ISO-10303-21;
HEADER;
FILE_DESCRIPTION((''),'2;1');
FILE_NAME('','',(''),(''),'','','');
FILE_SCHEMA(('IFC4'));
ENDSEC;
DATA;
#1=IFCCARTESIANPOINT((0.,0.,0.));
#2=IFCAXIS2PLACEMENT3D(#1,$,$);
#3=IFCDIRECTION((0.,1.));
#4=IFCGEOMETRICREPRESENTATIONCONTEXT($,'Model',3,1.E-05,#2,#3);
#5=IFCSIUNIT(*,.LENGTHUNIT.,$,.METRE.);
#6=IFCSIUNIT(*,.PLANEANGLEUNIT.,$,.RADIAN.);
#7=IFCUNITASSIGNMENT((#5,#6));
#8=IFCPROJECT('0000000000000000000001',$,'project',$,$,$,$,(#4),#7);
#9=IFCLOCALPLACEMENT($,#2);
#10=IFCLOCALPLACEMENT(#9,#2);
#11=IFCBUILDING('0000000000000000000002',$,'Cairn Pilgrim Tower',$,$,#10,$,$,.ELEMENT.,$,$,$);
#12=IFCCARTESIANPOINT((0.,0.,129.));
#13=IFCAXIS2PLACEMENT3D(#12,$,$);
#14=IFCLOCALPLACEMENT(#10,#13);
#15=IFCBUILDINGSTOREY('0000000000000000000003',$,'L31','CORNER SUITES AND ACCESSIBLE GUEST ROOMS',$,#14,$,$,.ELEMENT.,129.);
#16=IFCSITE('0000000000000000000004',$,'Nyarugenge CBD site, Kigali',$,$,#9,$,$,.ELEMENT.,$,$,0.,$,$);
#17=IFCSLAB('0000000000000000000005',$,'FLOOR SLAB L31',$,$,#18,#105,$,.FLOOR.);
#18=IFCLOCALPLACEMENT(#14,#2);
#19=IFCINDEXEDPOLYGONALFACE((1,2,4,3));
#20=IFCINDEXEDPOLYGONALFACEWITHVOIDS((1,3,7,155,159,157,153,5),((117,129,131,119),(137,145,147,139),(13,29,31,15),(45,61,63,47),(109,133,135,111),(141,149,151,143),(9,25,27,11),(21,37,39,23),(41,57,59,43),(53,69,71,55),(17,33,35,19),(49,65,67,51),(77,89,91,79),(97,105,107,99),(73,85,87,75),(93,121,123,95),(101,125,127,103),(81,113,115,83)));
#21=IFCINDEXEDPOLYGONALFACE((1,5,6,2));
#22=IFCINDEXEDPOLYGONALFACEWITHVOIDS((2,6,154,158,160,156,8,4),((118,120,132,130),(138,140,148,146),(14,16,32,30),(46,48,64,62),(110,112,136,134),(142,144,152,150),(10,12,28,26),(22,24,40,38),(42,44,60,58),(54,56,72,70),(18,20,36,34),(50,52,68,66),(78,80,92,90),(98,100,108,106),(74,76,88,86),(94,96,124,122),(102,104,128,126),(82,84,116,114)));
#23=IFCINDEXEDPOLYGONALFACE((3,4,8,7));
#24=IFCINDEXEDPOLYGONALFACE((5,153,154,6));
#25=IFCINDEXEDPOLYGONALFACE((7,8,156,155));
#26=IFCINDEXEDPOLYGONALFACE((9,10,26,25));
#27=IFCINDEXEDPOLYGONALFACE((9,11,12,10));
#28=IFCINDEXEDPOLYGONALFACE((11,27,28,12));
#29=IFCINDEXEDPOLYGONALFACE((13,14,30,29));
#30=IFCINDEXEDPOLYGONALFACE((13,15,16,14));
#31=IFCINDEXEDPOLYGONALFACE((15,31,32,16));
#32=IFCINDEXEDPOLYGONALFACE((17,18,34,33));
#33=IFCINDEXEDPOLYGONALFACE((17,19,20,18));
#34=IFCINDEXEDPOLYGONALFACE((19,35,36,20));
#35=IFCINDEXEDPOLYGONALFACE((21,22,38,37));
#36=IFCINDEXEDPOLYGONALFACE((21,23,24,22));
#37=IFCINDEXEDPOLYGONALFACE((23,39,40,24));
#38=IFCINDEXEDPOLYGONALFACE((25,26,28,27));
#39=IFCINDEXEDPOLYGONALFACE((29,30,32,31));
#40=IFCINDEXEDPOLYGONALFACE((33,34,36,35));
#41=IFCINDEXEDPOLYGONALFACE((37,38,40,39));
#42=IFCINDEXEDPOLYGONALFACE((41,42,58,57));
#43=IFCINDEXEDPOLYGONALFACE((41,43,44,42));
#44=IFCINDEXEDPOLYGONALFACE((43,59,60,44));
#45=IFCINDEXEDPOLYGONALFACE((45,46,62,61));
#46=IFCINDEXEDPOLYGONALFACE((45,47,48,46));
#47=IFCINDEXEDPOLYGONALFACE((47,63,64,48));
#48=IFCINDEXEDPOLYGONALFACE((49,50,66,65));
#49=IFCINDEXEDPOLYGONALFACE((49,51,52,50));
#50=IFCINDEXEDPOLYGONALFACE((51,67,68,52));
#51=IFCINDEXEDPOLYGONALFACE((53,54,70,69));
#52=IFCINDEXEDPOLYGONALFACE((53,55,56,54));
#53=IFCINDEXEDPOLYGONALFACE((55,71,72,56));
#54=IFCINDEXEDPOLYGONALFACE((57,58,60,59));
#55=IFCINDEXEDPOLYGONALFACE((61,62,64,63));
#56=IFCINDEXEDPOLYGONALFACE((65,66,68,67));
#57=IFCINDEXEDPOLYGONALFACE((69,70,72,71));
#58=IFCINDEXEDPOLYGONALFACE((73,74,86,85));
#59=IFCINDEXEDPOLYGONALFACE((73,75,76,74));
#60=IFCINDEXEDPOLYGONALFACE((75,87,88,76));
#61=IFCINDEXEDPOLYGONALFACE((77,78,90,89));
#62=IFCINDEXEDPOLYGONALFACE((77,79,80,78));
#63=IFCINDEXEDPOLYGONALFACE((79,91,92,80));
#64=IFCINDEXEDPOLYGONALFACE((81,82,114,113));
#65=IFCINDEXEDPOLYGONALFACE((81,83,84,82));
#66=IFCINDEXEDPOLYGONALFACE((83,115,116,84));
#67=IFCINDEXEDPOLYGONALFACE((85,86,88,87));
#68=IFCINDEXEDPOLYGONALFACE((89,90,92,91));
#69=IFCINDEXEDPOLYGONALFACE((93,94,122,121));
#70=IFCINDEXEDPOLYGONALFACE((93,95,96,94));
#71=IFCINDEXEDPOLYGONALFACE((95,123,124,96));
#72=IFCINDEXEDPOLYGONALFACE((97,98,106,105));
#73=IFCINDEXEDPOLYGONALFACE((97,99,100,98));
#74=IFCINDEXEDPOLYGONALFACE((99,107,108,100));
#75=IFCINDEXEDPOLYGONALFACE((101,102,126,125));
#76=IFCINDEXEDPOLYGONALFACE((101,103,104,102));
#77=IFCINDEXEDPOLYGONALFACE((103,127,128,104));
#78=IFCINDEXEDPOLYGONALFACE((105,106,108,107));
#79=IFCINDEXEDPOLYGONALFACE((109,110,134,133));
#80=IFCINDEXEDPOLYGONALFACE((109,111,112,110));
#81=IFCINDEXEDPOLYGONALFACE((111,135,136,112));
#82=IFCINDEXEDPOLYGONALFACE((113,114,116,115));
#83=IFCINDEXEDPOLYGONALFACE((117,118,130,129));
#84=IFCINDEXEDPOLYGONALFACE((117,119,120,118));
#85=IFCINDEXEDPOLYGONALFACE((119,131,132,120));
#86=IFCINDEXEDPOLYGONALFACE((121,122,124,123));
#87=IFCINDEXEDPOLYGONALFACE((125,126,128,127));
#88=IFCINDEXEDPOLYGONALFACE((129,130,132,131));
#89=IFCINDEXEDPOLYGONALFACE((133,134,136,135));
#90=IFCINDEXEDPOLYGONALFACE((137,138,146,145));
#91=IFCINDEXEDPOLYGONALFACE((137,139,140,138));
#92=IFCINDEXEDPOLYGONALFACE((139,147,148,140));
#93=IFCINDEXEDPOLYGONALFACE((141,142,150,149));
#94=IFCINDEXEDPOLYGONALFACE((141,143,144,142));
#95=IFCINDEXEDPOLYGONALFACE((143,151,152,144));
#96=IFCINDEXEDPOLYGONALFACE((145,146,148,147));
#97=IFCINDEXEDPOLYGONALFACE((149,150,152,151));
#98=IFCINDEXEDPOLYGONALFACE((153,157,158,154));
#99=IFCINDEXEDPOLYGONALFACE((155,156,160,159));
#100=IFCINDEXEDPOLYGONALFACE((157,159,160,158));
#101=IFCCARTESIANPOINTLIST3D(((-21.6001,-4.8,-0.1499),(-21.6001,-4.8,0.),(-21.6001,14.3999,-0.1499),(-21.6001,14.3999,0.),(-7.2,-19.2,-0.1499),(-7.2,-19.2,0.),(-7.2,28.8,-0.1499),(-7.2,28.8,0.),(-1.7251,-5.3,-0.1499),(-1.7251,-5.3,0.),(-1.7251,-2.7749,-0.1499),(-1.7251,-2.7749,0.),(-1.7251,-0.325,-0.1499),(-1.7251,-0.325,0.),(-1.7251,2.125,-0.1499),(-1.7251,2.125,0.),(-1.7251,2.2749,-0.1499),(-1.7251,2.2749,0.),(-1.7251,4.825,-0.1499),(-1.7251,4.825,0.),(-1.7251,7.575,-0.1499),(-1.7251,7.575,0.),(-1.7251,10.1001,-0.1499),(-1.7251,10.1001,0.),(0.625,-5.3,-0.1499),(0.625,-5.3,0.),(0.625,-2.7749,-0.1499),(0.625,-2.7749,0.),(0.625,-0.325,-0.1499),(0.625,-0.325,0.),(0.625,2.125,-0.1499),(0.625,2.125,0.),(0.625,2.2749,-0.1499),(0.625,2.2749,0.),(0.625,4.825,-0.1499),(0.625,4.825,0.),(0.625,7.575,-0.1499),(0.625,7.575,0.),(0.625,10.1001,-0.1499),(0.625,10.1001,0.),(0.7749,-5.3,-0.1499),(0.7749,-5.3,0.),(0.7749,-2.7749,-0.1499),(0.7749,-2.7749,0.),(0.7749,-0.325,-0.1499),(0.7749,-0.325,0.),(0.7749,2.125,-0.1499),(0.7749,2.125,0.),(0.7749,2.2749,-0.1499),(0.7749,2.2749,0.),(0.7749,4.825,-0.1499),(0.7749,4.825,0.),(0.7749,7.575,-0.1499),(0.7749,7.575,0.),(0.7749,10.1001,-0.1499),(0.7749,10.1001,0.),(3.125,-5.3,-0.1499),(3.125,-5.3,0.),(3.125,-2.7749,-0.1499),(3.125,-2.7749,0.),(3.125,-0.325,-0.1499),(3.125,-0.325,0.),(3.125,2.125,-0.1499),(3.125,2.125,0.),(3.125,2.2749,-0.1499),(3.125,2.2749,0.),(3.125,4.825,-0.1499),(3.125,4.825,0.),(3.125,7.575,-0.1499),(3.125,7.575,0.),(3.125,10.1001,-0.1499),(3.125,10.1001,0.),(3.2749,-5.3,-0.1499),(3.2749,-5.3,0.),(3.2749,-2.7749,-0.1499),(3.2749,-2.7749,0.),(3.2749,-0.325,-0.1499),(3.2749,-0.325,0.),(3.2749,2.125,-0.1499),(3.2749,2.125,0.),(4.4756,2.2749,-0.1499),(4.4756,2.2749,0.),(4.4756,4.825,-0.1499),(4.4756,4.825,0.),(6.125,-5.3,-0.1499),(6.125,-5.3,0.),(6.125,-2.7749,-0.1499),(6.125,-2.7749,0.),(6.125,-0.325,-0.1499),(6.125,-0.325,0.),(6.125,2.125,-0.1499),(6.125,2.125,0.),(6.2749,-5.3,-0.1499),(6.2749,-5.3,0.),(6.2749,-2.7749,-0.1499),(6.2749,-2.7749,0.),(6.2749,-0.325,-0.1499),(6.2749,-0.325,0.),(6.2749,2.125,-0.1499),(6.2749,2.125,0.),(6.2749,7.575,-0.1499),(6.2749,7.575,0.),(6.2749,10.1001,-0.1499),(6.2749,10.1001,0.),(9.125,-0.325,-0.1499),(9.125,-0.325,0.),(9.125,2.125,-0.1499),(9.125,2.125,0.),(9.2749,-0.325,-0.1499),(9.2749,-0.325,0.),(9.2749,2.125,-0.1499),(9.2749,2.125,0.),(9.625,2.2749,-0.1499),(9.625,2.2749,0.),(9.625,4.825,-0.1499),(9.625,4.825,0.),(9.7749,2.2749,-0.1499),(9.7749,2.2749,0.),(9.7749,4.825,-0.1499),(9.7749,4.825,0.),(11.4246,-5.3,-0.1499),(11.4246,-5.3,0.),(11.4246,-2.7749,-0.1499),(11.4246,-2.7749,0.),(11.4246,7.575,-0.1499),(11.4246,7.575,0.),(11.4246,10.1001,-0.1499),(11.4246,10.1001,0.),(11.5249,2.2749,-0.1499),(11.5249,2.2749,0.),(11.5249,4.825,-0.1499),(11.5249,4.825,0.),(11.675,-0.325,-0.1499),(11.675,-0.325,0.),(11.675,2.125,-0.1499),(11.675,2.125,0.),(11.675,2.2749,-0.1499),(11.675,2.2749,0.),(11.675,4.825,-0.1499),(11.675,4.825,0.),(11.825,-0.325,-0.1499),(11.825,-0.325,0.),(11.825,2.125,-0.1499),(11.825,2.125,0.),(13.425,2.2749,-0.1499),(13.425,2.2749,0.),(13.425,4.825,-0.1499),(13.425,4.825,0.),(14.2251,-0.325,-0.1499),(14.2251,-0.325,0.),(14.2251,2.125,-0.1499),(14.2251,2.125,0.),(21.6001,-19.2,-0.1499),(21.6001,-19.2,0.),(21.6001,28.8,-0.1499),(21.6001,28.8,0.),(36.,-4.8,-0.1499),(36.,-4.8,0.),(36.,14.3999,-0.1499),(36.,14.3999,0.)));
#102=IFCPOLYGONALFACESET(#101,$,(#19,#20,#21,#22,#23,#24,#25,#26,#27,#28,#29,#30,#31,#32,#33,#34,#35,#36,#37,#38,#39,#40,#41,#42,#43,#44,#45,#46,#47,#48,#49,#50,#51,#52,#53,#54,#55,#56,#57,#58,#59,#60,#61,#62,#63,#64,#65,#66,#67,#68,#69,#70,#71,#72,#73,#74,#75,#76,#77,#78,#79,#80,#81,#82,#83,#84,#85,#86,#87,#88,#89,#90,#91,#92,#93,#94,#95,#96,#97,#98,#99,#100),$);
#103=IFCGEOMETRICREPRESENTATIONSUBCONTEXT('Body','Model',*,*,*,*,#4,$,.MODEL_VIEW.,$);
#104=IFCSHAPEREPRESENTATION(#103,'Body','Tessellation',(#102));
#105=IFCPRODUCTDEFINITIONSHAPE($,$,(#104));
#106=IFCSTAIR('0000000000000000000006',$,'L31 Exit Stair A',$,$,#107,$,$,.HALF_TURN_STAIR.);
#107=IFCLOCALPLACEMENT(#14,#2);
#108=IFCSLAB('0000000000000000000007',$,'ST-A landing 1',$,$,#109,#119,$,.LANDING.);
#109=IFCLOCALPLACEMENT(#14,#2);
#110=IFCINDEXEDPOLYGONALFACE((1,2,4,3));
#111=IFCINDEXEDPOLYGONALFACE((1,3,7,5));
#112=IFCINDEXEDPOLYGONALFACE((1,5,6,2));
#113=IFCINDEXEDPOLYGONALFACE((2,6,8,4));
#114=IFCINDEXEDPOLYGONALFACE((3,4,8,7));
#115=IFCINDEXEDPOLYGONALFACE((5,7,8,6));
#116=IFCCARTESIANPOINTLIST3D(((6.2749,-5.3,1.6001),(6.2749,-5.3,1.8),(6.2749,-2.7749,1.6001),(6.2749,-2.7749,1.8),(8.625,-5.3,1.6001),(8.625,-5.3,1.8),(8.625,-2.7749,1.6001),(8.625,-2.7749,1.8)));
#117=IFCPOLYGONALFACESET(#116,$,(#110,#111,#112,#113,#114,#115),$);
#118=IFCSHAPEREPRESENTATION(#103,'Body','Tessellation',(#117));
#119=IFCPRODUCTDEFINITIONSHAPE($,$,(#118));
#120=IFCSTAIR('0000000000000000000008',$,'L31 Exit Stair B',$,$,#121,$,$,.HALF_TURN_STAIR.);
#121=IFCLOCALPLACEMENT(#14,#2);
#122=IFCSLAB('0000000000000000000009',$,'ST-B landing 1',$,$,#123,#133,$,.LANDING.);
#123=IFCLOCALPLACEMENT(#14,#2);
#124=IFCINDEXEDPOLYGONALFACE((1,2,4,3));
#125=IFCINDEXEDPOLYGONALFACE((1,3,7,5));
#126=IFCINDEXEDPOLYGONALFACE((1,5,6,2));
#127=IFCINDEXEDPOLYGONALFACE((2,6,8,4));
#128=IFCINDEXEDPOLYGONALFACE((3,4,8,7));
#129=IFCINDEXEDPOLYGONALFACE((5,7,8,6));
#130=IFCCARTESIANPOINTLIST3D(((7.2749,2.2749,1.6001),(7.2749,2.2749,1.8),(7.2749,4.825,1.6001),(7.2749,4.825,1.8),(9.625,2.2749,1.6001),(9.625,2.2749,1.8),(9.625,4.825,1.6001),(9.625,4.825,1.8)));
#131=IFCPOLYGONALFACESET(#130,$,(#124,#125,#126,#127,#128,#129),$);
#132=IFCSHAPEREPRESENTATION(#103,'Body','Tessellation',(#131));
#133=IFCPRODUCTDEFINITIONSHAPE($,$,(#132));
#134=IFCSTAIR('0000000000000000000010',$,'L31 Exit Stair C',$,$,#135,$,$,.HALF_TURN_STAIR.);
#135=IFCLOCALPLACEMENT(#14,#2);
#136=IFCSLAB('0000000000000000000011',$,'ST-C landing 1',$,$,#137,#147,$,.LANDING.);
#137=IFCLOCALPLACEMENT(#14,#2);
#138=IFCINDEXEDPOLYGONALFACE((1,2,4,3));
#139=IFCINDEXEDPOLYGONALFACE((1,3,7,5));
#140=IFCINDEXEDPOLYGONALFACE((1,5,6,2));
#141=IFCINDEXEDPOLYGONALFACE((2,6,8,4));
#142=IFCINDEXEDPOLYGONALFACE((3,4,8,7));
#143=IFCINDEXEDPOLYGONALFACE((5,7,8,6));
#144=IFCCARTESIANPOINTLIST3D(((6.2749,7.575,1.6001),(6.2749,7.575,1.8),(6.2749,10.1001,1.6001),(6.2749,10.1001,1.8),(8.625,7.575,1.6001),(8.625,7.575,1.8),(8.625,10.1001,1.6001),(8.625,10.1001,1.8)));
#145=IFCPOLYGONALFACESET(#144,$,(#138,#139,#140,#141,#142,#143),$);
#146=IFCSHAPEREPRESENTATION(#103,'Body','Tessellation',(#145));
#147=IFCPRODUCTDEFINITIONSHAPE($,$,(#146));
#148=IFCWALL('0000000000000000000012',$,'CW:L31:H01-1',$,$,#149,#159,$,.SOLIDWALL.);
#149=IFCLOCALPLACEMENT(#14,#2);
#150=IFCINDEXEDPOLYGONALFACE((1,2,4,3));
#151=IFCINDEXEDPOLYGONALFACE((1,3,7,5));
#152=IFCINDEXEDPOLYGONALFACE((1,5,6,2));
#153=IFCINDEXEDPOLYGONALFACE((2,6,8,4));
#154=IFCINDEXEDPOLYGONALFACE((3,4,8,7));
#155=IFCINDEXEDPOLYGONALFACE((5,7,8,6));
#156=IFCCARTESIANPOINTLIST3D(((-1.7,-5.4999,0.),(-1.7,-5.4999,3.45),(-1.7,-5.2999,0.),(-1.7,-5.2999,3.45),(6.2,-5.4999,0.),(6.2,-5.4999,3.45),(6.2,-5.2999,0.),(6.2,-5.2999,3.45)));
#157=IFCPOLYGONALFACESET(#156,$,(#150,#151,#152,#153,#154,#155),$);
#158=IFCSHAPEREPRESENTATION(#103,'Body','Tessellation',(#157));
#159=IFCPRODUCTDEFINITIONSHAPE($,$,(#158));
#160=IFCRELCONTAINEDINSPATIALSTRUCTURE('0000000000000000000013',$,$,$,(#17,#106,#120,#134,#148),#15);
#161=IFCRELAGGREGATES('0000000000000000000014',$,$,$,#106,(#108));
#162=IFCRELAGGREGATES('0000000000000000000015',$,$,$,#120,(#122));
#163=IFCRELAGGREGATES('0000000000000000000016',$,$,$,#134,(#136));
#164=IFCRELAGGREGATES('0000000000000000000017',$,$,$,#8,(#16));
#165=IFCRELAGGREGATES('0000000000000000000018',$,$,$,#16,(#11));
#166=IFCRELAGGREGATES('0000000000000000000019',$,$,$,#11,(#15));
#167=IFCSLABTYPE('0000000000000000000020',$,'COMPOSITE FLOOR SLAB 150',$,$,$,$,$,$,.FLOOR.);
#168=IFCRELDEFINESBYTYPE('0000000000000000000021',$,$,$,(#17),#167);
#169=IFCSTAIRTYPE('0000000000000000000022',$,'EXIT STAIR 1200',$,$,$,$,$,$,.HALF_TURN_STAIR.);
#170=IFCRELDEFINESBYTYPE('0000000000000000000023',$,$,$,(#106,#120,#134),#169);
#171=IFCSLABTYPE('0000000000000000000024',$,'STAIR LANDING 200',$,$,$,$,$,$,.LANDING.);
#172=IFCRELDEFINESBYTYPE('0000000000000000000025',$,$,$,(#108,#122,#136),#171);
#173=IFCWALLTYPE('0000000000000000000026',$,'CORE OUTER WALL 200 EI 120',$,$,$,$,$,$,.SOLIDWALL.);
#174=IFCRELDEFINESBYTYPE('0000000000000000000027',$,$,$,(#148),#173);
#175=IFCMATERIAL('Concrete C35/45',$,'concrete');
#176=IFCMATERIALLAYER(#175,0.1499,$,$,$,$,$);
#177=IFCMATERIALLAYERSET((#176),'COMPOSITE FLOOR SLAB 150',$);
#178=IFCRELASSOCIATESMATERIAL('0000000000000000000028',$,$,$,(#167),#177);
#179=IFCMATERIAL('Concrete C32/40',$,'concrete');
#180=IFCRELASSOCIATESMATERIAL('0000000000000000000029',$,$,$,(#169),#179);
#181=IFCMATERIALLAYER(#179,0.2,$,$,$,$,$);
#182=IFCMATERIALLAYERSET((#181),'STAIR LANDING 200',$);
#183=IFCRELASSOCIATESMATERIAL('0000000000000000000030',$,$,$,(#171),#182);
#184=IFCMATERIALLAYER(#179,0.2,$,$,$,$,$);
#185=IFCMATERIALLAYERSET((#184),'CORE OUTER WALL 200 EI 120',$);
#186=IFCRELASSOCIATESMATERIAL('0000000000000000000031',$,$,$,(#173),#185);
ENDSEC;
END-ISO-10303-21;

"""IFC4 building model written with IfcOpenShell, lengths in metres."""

from ifc_helpers import new_model, si_unit, direction, frame, frame_2d, origin, place, context, subcontext, project, spatial, polyline, rectangle, outline, extrude, material, layer, layer_set, type_object, element, aggregate, save


model = new_model("IFC4")

# Units and contexts
model_context = context("Model", 3, precision=1e-05, world=origin(), true_north=direction((0.0, 1.0)))
body_context = subcontext(model_context, "Body", "Model", "MODEL_VIEW")
ifc_project = project(units=[si_unit("LENGTHUNIT", "METRE"), si_unit("PLANEANGLEUNIT", "RADIAN")], contexts=[model_context])

# Site, building, storey
site_placement = place(None, origin())
site = spatial("IfcSite", under=ifc_project, at=site_placement, Name="Nyarugenge CBD site, Kigali", CompositionType="ELEMENT", RefElevation=0.0)
building_placement = place(site_placement, origin())
building = spatial("IfcBuilding", under=site, at=building_placement, Name="Cairn Pilgrim Tower", CompositionType="ELEMENT")
storey_placement = place(building_placement, frame((0.0, 0.0, 129.0)))
storey = spatial("IfcBuildingStorey", under=building, at=storey_placement, Name="L31", Description="CORNER SUITES AND ACCESSIBLE GUEST ROOMS", CompositionType="ELEMENT", Elevation=129.0)

# Slab
ifc_material_1 = material(Name="Concrete C35/45", Category="concrete")
ifc_layer_1 = layer(ifc_material_1, 0.1499)
ifc_layer_set_1 = layer_set([ifc_layer_1], Name="COMPOSITE FLOOR SLAB 150")
slab_type_1 = type_object("IfcSlabType", Name="COMPOSITE FLOOR SLAB 150", PredefinedType="FLOOR", material=ifc_layer_set_1)
slab_1_placement = place(storey_placement, frame((0.0, 0.0, -0.1499)))
element("IfcSlab", 1, at=slab_1_placement, inside=storey, type_object=slab_type_1, Name="FLOOR SLAB L31", PredefinedType="FLOOR", context=body_context, shape_type="SweptSolid", body=[
    extrude(outline(polyline([(-7.2, -19.2), (21.6001, -19.2), (36.0, -4.8), (36.0, 14.3999), (21.6001, 28.8), (-7.2, 28.8), (-21.6001, 14.3999), (-21.6001, -4.8), (-7.2, -19.2)]), holes=[polyline([(-1.7251, -5.3), (0.625, -5.3), (0.625, -2.7749), (-1.7251, -2.7749), (-1.7251, -5.3)]), polyline([(0.7749, -5.3), (3.125, -5.3), (3.125, -2.7749), (0.7749, -2.7749), (0.7749, -5.3)]), polyline([(-1.7251, -0.325), (0.625, -0.325), (0.625, 2.125), (-1.7251, 2.125), (-1.7251, -0.325)]), polyline([(0.7749, -0.325), (3.125, -0.325), (3.125, 2.125), (0.7749, 2.125), (0.7749, -0.325)]), polyline([(3.2749, -5.3), (6.125, -5.3), (6.125, -2.7749), (3.2749, -2.7749), (3.2749, -5.3)]), polyline([(3.2749, -0.325), (6.125, -0.325), (6.125, 2.125), (3.2749, 2.125), (3.2749, -0.325)]), polyline([(6.2749, -0.325), (9.125, -0.325), (9.125, 2.125), (6.2749, 2.125), (6.2749, -0.325)]), polyline([(9.2749, -0.325), (11.675, -0.325), (11.675, 2.125), (9.2749, 2.125), (9.2749, -0.325)]), polyline([(11.825, -0.325), (14.2251, -0.325), (14.2251, 2.125), (11.825, 2.125), (11.825, -0.325)]), polyline([(-1.7251, 2.2749), (0.625, 2.2749), (0.625, 4.825), (-1.7251, 4.825), (-1.7251, 2.2749)]), polyline([(0.7749, 2.2749), (3.125, 2.2749), (3.125, 4.825), (0.7749, 4.825), (0.7749, 2.2749)]), polyline([(-1.7251, 7.575), (0.625, 7.575), (0.625, 10.1001), (-1.7251, 10.1001), (-1.7251, 7.575)]), polyline([(0.7749, 7.575), (3.125, 7.575), (3.125, 10.1001), (0.7749, 10.1001), (0.7749, 7.575)]), polyline([(9.7749, 2.2749), (11.5249, 2.2749), (11.5249, 4.825), (9.7749, 4.825), (9.7749, 2.2749)]), polyline([(11.675, 2.2749), (13.425, 2.2749), (13.425, 4.825), (11.675, 4.825), (11.675, 2.2749)]), polyline([(11.4246, -2.7749), (6.2749, -2.7749), (6.2749, -5.3), (11.4246, -5.3), (11.4246, -2.7749)]), polyline([(4.4756, 2.2749), (9.625, 2.2749), (9.625, 4.825), (4.4756, 4.825), (4.4756, 2.2749)]), polyline([(11.4246, 10.1001), (6.2749, 10.1001), (6.2749, 7.575), (11.4246, 7.575), (11.4246, 10.1001)])]), origin(), (0.0, 0.0, 1.0), 0.1499),
])

# Stairs, slabs
ifc_material_2 = material(Name="Concrete C32/40", Category="concrete")
stair_type = type_object("IfcStairType", Name="EXIT STAIR 1200", PredefinedType="HALF_TURN_STAIR", material=ifc_material_2)
stair_1_placement = place(storey_placement, origin())
stair_1 = element("IfcStair", 2, at=stair_1_placement, inside=storey, type_object=stair_type, Name="L31 Exit Stair A", PredefinedType="HALF_TURN_STAIR")
ifc_layer_2 = layer(ifc_material_2, 0.2)
ifc_layer_set_2 = layer_set([ifc_layer_2], Name="STAIR LANDING 200")
slab_type_2 = type_object("IfcSlabType", Name="STAIR LANDING 200", PredefinedType="LANDING", material=ifc_layer_set_2)
slab_2_placement = place(storey_placement, frame((0.0, 0.0, 1.6001)))
slab_2 = element("IfcSlab", 3, at=slab_2_placement, type_object=slab_type_2, Name="ST-A landing 1", PredefinedType="LANDING", context=body_context, shape_type="SweptSolid", body=[
    extrude(outline(polyline([(8.625, -2.7749), (6.2749, -2.7749), (6.2749, -5.3), (8.625, -5.3), (8.625, -2.7749)])), origin(), (0.0, 0.0, 1.0), 0.2),
])
aggregate(stair_1, [slab_2])
stair_2_placement = place(storey_placement, origin())
stair_2 = element("IfcStair", 4, at=stair_2_placement, inside=storey, type_object=stair_type, Name="L31 Exit Stair B", PredefinedType="HALF_TURN_STAIR")
slab_3_placement = place(storey_placement, frame((0.0, 0.0, 1.6001)))
slab_3 = element("IfcSlab", 5, at=slab_3_placement, type_object=slab_type_2, Name="ST-B landing 1", PredefinedType="LANDING", context=body_context, shape_type="SweptSolid", body=[
    extrude(outline(polyline([(7.2749, 2.2749), (9.625, 2.2749), (9.625, 4.825), (7.2749, 4.825), (7.2749, 2.2749)])), origin(), (0.0, 0.0, 1.0), 0.2),
])
aggregate(stair_2, [slab_3])
stair_3_placement = place(storey_placement, origin())
stair_3 = element("IfcStair", 6, at=stair_3_placement, inside=storey, type_object=stair_type, Name="L31 Exit Stair C", PredefinedType="HALF_TURN_STAIR")
slab_4_placement = place(storey_placement, frame((0.0, 0.0, 1.6001)))
slab_4 = element("IfcSlab", 7, at=slab_4_placement, type_object=slab_type_2, Name="ST-C landing 1", PredefinedType="LANDING", context=body_context, shape_type="SweptSolid", body=[
    extrude(outline(polyline([(8.625, 10.1001), (6.2749, 10.1001), (6.2749, 7.575), (8.625, 7.575), (8.625, 10.1001)])), origin(), (0.0, 0.0, 1.0), 0.2),
])
aggregate(stair_3, [slab_4])

# Wall
ifc_layer_3 = layer(ifc_material_2, 0.2)
ifc_layer_set_3 = layer_set([ifc_layer_3], Name="CORE OUTER WALL 200 EI 120")
wall_type_1 = type_object("IfcWallType", Name="CORE OUTER WALL 200 EI 120", PredefinedType="SOLIDWALL", material=ifc_layer_set_3)
wall_1_placement = place(storey_placement, frame((-1.7, -5.3999, 0.0), z_axis=(0.0, 0.0, 1.0), x_axis=(1.0, 0.0, 0.0)))
element("IfcWall", 8, at=wall_1_placement, inside=storey, type_object=wall_type_1, Name="CW:L31:H01-1", PredefinedType="SOLIDWALL", context=body_context, shape_type="SweptSolid", body=[
    extrude(rectangle(XDim=7.8999, YDim=0.2, at=frame_2d((3.95, 0.0))), origin(), (0.0, 0.0, 1.0), 3.45),
])

save(model, "model.ifc")
